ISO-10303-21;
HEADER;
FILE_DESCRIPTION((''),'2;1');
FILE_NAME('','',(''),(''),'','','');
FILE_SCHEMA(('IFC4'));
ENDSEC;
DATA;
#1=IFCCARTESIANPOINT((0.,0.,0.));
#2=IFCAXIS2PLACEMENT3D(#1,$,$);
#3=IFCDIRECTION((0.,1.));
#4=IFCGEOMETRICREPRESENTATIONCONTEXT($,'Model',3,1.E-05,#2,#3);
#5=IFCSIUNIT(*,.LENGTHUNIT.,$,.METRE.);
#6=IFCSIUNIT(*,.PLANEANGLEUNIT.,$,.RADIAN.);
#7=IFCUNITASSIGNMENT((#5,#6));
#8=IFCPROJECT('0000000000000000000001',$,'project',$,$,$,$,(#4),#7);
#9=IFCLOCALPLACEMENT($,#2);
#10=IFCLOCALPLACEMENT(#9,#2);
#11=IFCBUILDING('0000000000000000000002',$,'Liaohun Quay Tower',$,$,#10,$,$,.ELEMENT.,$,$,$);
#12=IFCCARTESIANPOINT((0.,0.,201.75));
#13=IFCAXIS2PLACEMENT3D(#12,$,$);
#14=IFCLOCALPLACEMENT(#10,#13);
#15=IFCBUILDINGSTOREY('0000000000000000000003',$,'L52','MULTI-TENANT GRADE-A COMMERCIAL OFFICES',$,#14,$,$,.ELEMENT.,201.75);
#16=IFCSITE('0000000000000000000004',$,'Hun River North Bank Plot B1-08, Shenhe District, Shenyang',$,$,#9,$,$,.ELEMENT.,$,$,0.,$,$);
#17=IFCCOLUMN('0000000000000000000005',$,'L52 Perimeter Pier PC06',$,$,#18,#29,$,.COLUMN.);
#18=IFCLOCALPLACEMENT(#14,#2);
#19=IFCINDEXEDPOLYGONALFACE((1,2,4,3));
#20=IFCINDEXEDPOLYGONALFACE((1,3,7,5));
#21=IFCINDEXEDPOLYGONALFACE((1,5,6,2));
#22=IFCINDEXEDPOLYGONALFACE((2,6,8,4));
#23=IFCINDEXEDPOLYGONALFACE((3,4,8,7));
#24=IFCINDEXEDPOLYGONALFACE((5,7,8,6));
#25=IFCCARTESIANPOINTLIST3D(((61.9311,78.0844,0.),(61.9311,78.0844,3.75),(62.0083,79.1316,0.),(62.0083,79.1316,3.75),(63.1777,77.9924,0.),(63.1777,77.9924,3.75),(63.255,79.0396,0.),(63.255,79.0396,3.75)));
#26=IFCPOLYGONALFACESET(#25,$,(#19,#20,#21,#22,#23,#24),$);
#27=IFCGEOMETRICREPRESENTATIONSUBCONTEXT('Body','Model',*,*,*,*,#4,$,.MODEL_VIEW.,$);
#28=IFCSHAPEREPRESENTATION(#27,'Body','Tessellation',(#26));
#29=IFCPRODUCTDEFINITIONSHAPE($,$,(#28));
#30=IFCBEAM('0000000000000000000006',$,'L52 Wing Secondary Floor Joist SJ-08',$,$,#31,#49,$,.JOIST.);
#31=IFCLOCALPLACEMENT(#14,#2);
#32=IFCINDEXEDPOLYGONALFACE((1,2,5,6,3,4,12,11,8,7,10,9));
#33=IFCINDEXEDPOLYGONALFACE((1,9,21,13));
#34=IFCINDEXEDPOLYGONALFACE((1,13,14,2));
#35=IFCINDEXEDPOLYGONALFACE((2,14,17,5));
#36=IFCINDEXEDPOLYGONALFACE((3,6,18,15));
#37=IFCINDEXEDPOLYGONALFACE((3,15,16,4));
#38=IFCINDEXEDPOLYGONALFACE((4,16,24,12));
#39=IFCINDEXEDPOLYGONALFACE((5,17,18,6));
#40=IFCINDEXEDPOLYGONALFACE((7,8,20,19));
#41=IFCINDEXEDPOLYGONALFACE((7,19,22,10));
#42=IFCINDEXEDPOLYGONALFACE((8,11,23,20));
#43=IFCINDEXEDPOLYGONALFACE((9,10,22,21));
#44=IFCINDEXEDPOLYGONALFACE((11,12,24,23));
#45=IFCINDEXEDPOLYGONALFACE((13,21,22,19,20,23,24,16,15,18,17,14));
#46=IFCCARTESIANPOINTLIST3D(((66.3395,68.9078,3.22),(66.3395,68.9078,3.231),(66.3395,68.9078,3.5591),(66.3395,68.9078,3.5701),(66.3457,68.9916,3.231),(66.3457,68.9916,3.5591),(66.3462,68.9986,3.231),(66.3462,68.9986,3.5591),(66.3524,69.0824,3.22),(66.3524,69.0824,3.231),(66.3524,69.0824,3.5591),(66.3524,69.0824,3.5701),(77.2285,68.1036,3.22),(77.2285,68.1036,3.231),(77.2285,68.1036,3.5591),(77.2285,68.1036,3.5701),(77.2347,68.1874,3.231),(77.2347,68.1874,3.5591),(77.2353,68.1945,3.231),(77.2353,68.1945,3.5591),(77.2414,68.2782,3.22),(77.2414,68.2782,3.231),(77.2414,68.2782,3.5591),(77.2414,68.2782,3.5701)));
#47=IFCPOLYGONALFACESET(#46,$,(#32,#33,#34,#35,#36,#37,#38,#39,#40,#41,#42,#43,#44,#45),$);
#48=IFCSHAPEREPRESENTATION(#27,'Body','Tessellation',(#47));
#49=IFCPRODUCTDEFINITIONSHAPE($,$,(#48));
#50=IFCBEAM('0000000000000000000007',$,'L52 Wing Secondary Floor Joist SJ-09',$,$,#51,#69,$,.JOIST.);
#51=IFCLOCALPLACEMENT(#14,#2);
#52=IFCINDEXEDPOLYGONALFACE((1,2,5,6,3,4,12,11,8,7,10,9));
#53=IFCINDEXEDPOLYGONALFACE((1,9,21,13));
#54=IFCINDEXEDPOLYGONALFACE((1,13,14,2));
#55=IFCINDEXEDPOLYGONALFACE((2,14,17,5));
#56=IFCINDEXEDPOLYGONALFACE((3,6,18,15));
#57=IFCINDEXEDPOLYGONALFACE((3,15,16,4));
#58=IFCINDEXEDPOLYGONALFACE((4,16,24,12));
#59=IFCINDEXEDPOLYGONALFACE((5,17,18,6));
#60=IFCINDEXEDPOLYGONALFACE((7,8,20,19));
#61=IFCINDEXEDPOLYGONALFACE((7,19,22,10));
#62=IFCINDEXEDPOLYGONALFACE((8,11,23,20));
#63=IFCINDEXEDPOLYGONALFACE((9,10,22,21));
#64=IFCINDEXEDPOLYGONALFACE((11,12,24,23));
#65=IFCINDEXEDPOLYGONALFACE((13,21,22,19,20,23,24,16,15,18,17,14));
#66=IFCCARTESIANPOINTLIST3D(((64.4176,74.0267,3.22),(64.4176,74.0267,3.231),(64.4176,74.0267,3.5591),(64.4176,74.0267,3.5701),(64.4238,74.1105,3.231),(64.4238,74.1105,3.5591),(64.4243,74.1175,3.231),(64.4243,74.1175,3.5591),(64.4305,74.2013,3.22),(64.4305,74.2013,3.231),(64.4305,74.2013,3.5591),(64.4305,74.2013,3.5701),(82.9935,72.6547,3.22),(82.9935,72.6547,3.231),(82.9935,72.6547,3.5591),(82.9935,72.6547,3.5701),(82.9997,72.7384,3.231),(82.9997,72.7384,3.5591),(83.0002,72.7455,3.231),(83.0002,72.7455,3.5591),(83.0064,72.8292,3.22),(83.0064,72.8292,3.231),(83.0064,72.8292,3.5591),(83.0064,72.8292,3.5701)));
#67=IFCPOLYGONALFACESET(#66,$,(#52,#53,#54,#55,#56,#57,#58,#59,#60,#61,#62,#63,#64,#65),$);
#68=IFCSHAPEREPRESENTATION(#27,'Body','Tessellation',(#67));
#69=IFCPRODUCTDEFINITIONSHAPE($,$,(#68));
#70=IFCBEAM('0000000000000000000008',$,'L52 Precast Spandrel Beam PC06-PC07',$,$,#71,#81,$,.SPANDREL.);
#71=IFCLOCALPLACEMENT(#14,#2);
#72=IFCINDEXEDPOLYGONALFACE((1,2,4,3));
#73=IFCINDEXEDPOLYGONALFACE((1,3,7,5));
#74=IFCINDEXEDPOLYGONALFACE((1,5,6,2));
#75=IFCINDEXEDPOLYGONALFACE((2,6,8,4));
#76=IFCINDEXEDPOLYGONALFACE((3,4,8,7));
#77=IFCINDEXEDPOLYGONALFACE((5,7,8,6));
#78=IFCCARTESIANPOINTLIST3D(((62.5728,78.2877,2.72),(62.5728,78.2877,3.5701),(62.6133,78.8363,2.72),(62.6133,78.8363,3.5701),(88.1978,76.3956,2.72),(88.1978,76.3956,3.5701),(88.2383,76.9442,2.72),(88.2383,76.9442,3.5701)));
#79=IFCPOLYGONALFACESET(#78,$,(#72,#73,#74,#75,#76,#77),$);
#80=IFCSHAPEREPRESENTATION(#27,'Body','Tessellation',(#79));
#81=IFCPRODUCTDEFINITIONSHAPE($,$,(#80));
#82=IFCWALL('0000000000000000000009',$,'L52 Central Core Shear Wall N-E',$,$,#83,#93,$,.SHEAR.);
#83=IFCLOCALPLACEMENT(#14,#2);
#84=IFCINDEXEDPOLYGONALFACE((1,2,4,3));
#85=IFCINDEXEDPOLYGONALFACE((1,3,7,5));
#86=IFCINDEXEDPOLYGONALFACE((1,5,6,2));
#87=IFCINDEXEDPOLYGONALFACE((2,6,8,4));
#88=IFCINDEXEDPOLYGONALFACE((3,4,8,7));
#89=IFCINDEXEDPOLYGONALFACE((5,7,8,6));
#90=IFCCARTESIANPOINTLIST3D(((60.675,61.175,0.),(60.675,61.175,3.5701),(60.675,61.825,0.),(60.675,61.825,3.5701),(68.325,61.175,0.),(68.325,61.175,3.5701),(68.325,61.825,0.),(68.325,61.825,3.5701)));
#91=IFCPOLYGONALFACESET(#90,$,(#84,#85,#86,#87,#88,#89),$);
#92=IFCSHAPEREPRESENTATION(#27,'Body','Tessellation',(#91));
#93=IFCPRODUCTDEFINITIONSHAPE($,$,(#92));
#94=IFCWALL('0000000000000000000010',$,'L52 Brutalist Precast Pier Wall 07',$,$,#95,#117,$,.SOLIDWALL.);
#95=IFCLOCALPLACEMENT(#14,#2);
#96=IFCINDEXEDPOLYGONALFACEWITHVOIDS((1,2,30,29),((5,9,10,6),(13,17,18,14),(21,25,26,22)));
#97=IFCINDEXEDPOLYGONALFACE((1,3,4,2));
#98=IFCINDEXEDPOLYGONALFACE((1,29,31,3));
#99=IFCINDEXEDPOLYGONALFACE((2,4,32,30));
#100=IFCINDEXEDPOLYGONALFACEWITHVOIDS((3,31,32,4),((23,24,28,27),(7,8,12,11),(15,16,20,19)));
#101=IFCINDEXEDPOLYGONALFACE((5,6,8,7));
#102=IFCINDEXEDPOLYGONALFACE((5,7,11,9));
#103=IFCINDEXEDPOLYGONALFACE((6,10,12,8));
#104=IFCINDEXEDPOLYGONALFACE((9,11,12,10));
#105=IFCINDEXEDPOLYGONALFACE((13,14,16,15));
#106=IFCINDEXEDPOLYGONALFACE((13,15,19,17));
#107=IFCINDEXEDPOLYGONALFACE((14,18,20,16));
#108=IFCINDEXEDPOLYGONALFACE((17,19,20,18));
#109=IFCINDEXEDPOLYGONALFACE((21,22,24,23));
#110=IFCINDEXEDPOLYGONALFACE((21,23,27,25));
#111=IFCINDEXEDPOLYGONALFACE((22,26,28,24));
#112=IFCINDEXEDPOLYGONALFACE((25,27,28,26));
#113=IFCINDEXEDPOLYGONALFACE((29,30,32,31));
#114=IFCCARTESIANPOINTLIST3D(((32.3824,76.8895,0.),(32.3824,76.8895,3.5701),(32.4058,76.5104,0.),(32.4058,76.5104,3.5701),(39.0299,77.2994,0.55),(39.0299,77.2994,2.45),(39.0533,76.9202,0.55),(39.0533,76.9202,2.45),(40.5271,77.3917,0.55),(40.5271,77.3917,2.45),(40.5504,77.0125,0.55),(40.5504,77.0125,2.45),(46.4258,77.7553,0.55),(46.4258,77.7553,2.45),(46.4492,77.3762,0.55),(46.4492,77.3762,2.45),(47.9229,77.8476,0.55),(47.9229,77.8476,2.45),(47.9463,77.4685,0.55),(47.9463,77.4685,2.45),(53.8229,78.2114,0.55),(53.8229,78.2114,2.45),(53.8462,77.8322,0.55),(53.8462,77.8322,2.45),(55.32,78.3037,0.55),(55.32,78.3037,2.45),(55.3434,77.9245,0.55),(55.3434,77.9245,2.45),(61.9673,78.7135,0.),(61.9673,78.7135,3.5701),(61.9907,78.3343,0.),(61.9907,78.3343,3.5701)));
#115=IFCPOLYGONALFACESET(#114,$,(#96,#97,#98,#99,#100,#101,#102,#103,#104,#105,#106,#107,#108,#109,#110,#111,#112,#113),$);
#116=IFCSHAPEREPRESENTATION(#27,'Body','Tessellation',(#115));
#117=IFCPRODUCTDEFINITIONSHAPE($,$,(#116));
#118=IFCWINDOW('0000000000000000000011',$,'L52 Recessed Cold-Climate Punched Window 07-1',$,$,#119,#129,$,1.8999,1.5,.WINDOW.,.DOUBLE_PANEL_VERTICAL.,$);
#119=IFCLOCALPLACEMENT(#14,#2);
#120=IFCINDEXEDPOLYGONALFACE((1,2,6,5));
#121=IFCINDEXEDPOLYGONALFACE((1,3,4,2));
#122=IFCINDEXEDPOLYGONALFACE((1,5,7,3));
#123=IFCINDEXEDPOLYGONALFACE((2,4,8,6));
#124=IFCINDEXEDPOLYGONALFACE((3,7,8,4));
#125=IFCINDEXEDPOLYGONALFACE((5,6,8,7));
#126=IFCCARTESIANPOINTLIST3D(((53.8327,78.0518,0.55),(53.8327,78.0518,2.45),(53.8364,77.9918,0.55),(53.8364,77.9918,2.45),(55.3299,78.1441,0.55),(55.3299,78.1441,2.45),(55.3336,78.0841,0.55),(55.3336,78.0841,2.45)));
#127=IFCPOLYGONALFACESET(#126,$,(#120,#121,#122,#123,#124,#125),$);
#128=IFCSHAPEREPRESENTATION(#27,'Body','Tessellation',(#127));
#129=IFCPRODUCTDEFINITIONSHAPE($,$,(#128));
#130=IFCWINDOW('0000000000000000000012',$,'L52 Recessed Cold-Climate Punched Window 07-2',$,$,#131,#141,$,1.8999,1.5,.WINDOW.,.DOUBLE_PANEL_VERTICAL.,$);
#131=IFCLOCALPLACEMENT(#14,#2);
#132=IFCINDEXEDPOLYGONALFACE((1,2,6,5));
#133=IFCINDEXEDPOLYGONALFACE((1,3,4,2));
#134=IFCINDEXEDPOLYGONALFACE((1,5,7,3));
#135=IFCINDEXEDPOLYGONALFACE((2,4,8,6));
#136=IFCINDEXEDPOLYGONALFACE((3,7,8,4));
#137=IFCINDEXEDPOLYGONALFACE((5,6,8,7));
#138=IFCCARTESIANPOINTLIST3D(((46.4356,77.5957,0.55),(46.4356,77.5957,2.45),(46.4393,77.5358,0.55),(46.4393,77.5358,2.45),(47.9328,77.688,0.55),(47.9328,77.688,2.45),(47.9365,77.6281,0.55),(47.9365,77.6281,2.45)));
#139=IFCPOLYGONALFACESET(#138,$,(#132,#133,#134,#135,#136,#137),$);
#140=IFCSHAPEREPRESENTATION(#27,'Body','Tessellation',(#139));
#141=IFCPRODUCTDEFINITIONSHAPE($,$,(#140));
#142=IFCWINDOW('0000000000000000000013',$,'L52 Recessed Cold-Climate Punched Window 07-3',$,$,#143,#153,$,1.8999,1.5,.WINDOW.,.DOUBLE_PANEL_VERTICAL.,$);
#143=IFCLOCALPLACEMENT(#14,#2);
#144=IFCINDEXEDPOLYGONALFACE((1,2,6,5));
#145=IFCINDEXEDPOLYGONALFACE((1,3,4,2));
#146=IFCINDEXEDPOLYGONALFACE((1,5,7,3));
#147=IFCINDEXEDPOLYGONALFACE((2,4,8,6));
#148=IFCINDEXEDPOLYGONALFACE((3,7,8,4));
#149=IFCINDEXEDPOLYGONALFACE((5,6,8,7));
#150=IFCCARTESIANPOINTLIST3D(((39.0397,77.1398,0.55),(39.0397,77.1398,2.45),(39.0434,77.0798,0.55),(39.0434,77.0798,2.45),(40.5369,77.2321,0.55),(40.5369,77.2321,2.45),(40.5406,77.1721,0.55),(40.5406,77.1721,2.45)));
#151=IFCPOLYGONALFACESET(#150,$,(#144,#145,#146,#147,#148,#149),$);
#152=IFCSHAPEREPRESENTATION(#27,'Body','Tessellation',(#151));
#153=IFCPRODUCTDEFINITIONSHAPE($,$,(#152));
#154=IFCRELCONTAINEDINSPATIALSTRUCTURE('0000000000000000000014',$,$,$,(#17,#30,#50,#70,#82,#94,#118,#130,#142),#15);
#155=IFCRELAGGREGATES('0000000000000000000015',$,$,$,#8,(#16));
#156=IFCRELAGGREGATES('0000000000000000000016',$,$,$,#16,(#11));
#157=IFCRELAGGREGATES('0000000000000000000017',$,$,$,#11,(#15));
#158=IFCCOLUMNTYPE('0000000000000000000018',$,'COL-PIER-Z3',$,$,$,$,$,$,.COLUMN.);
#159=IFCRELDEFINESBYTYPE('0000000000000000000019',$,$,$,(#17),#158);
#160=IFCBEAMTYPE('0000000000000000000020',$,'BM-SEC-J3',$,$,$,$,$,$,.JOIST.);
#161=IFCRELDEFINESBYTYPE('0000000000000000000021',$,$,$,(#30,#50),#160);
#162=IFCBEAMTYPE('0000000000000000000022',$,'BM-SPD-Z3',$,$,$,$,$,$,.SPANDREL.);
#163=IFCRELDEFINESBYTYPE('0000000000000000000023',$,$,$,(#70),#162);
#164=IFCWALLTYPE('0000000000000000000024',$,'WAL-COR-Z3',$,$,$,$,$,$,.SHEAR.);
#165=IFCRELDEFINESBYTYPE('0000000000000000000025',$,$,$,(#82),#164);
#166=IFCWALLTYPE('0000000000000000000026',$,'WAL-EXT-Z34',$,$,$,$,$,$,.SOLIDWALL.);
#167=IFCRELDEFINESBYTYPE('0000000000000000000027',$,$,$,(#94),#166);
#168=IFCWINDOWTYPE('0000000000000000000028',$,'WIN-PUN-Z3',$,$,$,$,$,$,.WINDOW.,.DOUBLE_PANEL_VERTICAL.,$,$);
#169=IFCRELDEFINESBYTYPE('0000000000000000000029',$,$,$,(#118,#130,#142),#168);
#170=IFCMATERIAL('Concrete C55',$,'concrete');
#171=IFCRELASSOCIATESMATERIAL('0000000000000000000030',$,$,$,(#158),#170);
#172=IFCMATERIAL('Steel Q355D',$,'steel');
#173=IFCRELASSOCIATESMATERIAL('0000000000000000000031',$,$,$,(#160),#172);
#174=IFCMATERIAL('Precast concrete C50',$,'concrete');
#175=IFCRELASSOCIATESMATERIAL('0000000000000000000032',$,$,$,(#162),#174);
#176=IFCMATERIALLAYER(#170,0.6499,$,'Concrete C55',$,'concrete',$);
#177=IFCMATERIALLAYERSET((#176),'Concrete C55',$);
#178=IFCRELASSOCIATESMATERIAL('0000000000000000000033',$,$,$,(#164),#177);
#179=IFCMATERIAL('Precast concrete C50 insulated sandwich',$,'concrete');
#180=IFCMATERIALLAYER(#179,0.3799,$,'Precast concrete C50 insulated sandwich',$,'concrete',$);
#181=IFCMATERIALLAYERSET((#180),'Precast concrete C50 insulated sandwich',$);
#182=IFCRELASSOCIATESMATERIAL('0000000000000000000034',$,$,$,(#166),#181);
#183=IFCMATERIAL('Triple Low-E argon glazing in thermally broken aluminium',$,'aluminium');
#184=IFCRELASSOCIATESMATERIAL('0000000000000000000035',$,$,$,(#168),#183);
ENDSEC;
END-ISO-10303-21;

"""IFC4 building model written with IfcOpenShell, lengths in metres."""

from ifc_helpers import new_model, si_unit, direction, frame, frame_2d, origin, origin_2d, place, context, subcontext, project, spatial, rectangle, i_section, extrude, source, transform, mapped, material, layer, layer_set, material_profile, profile_set, type_object, element, fill, save


model = new_model("IFC4")

# Units and contexts
model_context = context("Model", 3, precision=1e-05, world=origin(), true_north=direction((0.0, 1.0)))
body_context = subcontext(model_context, "Body", "Model", "MODEL_VIEW")
ifc_project = project(units=[si_unit("LENGTHUNIT", "METRE"), si_unit("PLANEANGLEUNIT", "RADIAN")], contexts=[model_context])

# Site, building, storey
site_placement = place(None, origin())
site = spatial("IfcSite", under=ifc_project, at=site_placement, Name="Hun River North Bank Plot B1-08, Shenhe District, Shenyang", CompositionType="ELEMENT", RefElevation=0.0)
building_placement = place(site_placement, origin())
building = spatial("IfcBuilding", under=site, at=building_placement, Name="Liaohun Quay Tower", CompositionType="ELEMENT")
storey_placement = place(building_placement, frame((0.0, 0.0, 201.75)))
storey = spatial("IfcBuildingStorey", under=building, at=storey_placement, Name="L52", Description="MULTI-TENANT GRADE-A COMMERCIAL OFFICES", CompositionType="ELEMENT", Elevation=201.75)

# Column
ifc_material_1 = material(Name="Concrete C55", Category="concrete")
ifc_material_profile_1 = material_profile(ifc_material_1, rectangle(XDim=1.25, YDim=1.05, at=origin_2d()), Name="RC1250x1050")
ifc_profile_set_1 = profile_set([ifc_material_profile_1], Name="Concrete C55")
column_type = type_object("IfcColumnType", Name="COL-PIER-Z3", PredefinedType="COLUMN", material=ifc_profile_set_1)
shared_shape_1 = source(origin(), body_context, "Body", "SweptSolid", [
    extrude(rectangle(XDim=1.25, YDim=1.05, at=origin_2d()), origin(), (0.0, 0.0, 1.0), 3.75),
])
column_placement = place(storey_placement, frame((62.593, 78.562, 0.0), z_axis=(0.0, 0.0, 1.0), x_axis=(-0.997289, 0.073586, 0.0)))
element("IfcColumn", 1, at=column_placement, inside=storey, type_object=column_type, Name="L52 Perimeter Pier PC06", PredefinedType="COLUMN", context=body_context, shape_type="MappedRepresentation", body=[
    mapped(shared_shape_1, transform((0.0, 0.0, 0.0), x_axis=(1.0, 0.0, 0.0), y_axis=(0.0, 1.0, 0.0), z_axis=(0.0, 0.0, 1.0), scale=1.0)),
])

# Beams
ifc_material_2 = material(Name="Steel Q355D", Category="steel")
ifc_material_profile_2 = material_profile(ifc_material_2, i_section(OverallWidth=0.175, OverallDepth=0.3501, WebThickness=0.0071, FlangeThickness=0.011, at=origin_2d()), Name="HN350x175x7x11")
ifc_profile_set_2 = profile_set([ifc_material_profile_2], Name="Steel Q355D")
beam_type_1 = type_object("IfcBeamType", Name="BM-SEC-J3", PredefinedType="JOIST", material=ifc_profile_set_2)
shared_shape_2 = source(origin(), body_context, "Body", "SweptSolid", [
    extrude(i_section(OverallWidth=0.175, OverallDepth=0.3501, WebThickness=0.0071, FlangeThickness=0.011, at=origin_2d()), origin(), (0.0, 0.0, 1.0), 10.9187),
])
beam_1_placement = place(storey_placement, frame((66.3459, 68.9951, 3.395), z_axis=(0.997284, -0.073653, 0.0), x_axis=(0.073653, 0.997284, 0.0)))
element("IfcBeam", 2, at=beam_1_placement, inside=storey, type_object=beam_type_1, Name="L52 Wing Secondary Floor Joist SJ-08", PredefinedType="JOIST", context=body_context, shape_type="MappedRepresentation", body=[
    mapped(shared_shape_2, transform((0.0, 0.0, 0.0), x_axis=(1.0, 0.0, 0.0), y_axis=(0.0, 1.0, 0.0), z_axis=(0.0, 0.0, 1.0), scale=1.0)),
])
shared_shape_3 = source(origin(), body_context, "Body", "SweptSolid", [
    extrude(i_section(OverallWidth=0.175, OverallDepth=0.3501, WebThickness=0.0071, FlangeThickness=0.011, at=origin_2d()), origin(), (0.0, 0.0, 1.0), 18.6265),
])
beam_2_placement = place(storey_placement, frame((64.4241, 74.114, 3.395), z_axis=(0.997283, -0.073662, 0.0), x_axis=(0.073662, 0.997283, 0.0)))
element("IfcBeam", 3, at=beam_2_placement, inside=storey, type_object=beam_type_1, Name="L52 Wing Secondary Floor Joist SJ-09", PredefinedType="JOIST", context=body_context, shape_type="MappedRepresentation", body=[
    mapped(shared_shape_3, transform((0.0, 0.0, 0.0), x_axis=(1.0, 0.0, 0.0), y_axis=(0.0, 1.0, 0.0), z_axis=(0.0, 0.0, 1.0), scale=1.0)),
])
ifc_material_3 = material(Name="Precast concrete C50", Category="concrete")
ifc_material_profile_3 = material_profile(ifc_material_3, rectangle(XDim=0.55, YDim=0.8501, at=origin_2d()), Name="RC550x850")
ifc_profile_set_3 = profile_set([ifc_material_profile_3], Name="Precast concrete C50")
beam_type_2 = type_object("IfcBeamType", Name="BM-SPD-Z3", PredefinedType="SPANDREL", material=ifc_profile_set_3)
shared_shape_4 = source(origin(), body_context, "Body", "SweptSolid", [
    extrude(rectangle(XDim=0.55, YDim=0.8501, at=origin_2d()), origin(), (0.0, 0.0, 1.0), 25.6948),
])
beam_3_placement = place(storey_placement, frame((62.593, 78.562, 3.145), z_axis=(0.997285, -0.073637, 0.0), x_axis=(0.073637, 0.997285, 0.0)))
element("IfcBeam", 4, at=beam_3_placement, inside=storey, type_object=beam_type_2, Name="L52 Precast Spandrel Beam PC06-PC07", PredefinedType="SPANDREL", context=body_context, shape_type="MappedRepresentation", body=[
    mapped(shared_shape_4, transform((0.0, 0.0, 0.0), x_axis=(1.0, 0.0, 0.0), y_axis=(0.0, 1.0, 0.0), z_axis=(0.0, 0.0, 1.0), scale=1.0)),
])

# Wall
ifc_layer_1 = layer(ifc_material_1, 0.6499, Name="Concrete C55", Category="concrete")
ifc_layer_set_1 = layer_set([ifc_layer_1], Name="Concrete C55")
wall_type_1 = type_object("IfcWallType", Name="WAL-COR-Z3", PredefinedType="SHEAR", material=ifc_layer_set_1)
wall_1_placement = place(storey_placement, frame((60.675, 61.5, 0.0), z_axis=(0.0, 0.0, 1.0), x_axis=(1.0, 0.0, 0.0)))
element("IfcWall", 5, at=wall_1_placement, inside=storey, type_object=wall_type_1, Name="L52 Central Core Shear Wall N-E", PredefinedType="SHEAR", context=body_context, shape_type="SweptSolid", body=[
    extrude(rectangle(XDim=7.6499, YDim=0.6499, at=frame_2d((3.825, 0.0))), origin(), (0.0, 0.0, 1.0), 3.5701),
])

# Wall, openings, windows
ifc_material_4 = material(Name="Precast concrete C50 insulated sandwich", Category="concrete")
ifc_layer_2 = layer(ifc_material_4, 0.3799, Name="Precast concrete C50 insulated sandwich", Category="concrete")
ifc_layer_set_2 = layer_set([ifc_layer_2], Name="Precast concrete C50 insulated sandwich")
wall_type_2 = type_object("IfcWallType", Name="WAL-EXT-Z34", PredefinedType="SOLIDWALL", material=ifc_layer_set_2)
wall_2_placement = place(storey_placement, frame((61.979, 78.5239, 0.0), z_axis=(0.0, 0.0, 1.0), x_axis=(-0.998105, -0.061535, 0.0)))
wall_2 = element("IfcWall", 6, at=wall_2_placement, inside=storey, type_object=wall_type_2, Name="L52 Brutalist Precast Pier Wall 07", PredefinedType="SOLIDWALL", context=body_context, shape_type="SweptSolid", body=[
    extrude(rectangle(XDim=29.6411, YDim=0.3799, at=frame_2d((14.8206, 0.0))), origin(), (0.0, 0.0, 1.0), 3.5701),
])
shared_shape_5 = source(origin(), body_context, "Body", "SweptSolid", [
    extrude(rectangle(XDim=1.5, YDim=1.8999, at=frame_2d((0.75, 0.95))), frame((0.0, 0.2, 0.0), z_axis=(0.0, -1.0, 0.0), x_axis=(1.0, 0.0, 0.0)), (0.0, 0.0, 1.0), 0.3999),
])
opening_1_placement = place(wall_2_placement, frame((6.6599, 0.0, 0.55)))
opening_1 = element("IfcOpeningElement", 7, at=opening_1_placement, cuts=wall_2, PredefinedType="OPENING", context=body_context, shape_type="MappedRepresentation", body=[
    mapped(shared_shape_5, transform((0.0, 0.0, 0.0), x_axis=(1.0, 0.0, 0.0), y_axis=(0.0, 1.0, 0.0), z_axis=(0.0, 0.0, 1.0), scale=1.0)),
])
opening_2_placement = place(wall_2_placement, frame((14.071, 0.0, 0.55)))
opening_2 = element("IfcOpeningElement", 8, at=opening_2_placement, cuts=wall_2, PredefinedType="OPENING", context=body_context, shape_type="MappedRepresentation", body=[
    mapped(shared_shape_5, transform((0.0, 0.0, 0.0), x_axis=(1.0, 0.0, 0.0), y_axis=(0.0, 1.0, 0.0), z_axis=(0.0, 0.0, 1.0), scale=1.0)),
])
opening_3_placement = place(wall_2_placement, frame((21.481, 0.0, 0.55)))
opening_3 = element("IfcOpeningElement", 9, at=opening_3_placement, cuts=wall_2, PredefinedType="OPENING", context=body_context, shape_type="MappedRepresentation", body=[
    mapped(shared_shape_5, transform((0.0, 0.0, 0.0), x_axis=(1.0, 0.0, 0.0), y_axis=(0.0, 1.0, 0.0), z_axis=(0.0, 0.0, 1.0), scale=1.0)),
])
ifc_material_5 = material(Name="Triple Low-E argon glazing in thermally broken aluminium", Category="aluminium")
window_type = type_object("IfcWindowType", Name="WIN-PUN-Z3", PartitioningType="DOUBLE_PANEL_VERTICAL", PredefinedType="WINDOW", material=ifc_material_5)
shared_shape_6 = source(origin(), body_context, "Body", "SweptSolid", [
    extrude(rectangle(XDim=1.5, YDim=1.8999, at=frame_2d((0.75, 0.95))), frame((0.0, 0.03, 0.0), z_axis=(0.0, -1.0, 0.0), x_axis=(1.0, 0.0, 0.0)), (0.0, 0.0, 1.0), 0.0601),
])
window_1_placement = place(opening_1_placement, origin())
window_1 = element("IfcWindow", 10, at=window_1_placement, inside=storey, type_object=window_type, Name="L52 Recessed Cold-Climate Punched Window 07-1", OverallHeight=1.8999, OverallWidth=1.5, PartitioningType="DOUBLE_PANEL_VERTICAL", PredefinedType="WINDOW", context=body_context, shape_type="MappedRepresentation", body=[
    mapped(shared_shape_6, transform((0.0, 0.0, 0.0), x_axis=(1.0, 0.0, 0.0), y_axis=(0.0, 1.0, 0.0), z_axis=(0.0, 0.0, 1.0), scale=1.0)),
])
fill(opening_1, window_1)
window_2_placement = place(opening_2_placement, origin())
window_2 = element("IfcWindow", 11, at=window_2_placement, inside=storey, type_object=window_type, Name="L52 Recessed Cold-Climate Punched Window 07-2", OverallHeight=1.8999, OverallWidth=1.5, PartitioningType="DOUBLE_PANEL_VERTICAL", PredefinedType="WINDOW", context=body_context, shape_type="MappedRepresentation", body=[
    mapped(shared_shape_6, transform((0.0, 0.0, 0.0), x_axis=(1.0, 0.0, 0.0), y_axis=(0.0, 1.0, 0.0), z_axis=(0.0, 0.0, 1.0), scale=1.0)),
])
fill(opening_2, window_2)
window_3_placement = place(opening_3_placement, origin())
window_3 = element("IfcWindow", 12, at=window_3_placement, inside=storey, type_object=window_type, Name="L52 Recessed Cold-Climate Punched Window 07-3", OverallHeight=1.8999, OverallWidth=1.5, PartitioningType="DOUBLE_PANEL_VERTICAL", PredefinedType="WINDOW", context=body_context, shape_type="MappedRepresentation", body=[
    mapped(shared_shape_6, transform((0.0, 0.0, 0.0), x_axis=(1.0, 0.0, 0.0), y_axis=(0.0, 1.0, 0.0), z_axis=(0.0, 0.0, 1.0), scale=1.0)),
])
fill(opening_3, window_3)

save(model, "model.ifc")
